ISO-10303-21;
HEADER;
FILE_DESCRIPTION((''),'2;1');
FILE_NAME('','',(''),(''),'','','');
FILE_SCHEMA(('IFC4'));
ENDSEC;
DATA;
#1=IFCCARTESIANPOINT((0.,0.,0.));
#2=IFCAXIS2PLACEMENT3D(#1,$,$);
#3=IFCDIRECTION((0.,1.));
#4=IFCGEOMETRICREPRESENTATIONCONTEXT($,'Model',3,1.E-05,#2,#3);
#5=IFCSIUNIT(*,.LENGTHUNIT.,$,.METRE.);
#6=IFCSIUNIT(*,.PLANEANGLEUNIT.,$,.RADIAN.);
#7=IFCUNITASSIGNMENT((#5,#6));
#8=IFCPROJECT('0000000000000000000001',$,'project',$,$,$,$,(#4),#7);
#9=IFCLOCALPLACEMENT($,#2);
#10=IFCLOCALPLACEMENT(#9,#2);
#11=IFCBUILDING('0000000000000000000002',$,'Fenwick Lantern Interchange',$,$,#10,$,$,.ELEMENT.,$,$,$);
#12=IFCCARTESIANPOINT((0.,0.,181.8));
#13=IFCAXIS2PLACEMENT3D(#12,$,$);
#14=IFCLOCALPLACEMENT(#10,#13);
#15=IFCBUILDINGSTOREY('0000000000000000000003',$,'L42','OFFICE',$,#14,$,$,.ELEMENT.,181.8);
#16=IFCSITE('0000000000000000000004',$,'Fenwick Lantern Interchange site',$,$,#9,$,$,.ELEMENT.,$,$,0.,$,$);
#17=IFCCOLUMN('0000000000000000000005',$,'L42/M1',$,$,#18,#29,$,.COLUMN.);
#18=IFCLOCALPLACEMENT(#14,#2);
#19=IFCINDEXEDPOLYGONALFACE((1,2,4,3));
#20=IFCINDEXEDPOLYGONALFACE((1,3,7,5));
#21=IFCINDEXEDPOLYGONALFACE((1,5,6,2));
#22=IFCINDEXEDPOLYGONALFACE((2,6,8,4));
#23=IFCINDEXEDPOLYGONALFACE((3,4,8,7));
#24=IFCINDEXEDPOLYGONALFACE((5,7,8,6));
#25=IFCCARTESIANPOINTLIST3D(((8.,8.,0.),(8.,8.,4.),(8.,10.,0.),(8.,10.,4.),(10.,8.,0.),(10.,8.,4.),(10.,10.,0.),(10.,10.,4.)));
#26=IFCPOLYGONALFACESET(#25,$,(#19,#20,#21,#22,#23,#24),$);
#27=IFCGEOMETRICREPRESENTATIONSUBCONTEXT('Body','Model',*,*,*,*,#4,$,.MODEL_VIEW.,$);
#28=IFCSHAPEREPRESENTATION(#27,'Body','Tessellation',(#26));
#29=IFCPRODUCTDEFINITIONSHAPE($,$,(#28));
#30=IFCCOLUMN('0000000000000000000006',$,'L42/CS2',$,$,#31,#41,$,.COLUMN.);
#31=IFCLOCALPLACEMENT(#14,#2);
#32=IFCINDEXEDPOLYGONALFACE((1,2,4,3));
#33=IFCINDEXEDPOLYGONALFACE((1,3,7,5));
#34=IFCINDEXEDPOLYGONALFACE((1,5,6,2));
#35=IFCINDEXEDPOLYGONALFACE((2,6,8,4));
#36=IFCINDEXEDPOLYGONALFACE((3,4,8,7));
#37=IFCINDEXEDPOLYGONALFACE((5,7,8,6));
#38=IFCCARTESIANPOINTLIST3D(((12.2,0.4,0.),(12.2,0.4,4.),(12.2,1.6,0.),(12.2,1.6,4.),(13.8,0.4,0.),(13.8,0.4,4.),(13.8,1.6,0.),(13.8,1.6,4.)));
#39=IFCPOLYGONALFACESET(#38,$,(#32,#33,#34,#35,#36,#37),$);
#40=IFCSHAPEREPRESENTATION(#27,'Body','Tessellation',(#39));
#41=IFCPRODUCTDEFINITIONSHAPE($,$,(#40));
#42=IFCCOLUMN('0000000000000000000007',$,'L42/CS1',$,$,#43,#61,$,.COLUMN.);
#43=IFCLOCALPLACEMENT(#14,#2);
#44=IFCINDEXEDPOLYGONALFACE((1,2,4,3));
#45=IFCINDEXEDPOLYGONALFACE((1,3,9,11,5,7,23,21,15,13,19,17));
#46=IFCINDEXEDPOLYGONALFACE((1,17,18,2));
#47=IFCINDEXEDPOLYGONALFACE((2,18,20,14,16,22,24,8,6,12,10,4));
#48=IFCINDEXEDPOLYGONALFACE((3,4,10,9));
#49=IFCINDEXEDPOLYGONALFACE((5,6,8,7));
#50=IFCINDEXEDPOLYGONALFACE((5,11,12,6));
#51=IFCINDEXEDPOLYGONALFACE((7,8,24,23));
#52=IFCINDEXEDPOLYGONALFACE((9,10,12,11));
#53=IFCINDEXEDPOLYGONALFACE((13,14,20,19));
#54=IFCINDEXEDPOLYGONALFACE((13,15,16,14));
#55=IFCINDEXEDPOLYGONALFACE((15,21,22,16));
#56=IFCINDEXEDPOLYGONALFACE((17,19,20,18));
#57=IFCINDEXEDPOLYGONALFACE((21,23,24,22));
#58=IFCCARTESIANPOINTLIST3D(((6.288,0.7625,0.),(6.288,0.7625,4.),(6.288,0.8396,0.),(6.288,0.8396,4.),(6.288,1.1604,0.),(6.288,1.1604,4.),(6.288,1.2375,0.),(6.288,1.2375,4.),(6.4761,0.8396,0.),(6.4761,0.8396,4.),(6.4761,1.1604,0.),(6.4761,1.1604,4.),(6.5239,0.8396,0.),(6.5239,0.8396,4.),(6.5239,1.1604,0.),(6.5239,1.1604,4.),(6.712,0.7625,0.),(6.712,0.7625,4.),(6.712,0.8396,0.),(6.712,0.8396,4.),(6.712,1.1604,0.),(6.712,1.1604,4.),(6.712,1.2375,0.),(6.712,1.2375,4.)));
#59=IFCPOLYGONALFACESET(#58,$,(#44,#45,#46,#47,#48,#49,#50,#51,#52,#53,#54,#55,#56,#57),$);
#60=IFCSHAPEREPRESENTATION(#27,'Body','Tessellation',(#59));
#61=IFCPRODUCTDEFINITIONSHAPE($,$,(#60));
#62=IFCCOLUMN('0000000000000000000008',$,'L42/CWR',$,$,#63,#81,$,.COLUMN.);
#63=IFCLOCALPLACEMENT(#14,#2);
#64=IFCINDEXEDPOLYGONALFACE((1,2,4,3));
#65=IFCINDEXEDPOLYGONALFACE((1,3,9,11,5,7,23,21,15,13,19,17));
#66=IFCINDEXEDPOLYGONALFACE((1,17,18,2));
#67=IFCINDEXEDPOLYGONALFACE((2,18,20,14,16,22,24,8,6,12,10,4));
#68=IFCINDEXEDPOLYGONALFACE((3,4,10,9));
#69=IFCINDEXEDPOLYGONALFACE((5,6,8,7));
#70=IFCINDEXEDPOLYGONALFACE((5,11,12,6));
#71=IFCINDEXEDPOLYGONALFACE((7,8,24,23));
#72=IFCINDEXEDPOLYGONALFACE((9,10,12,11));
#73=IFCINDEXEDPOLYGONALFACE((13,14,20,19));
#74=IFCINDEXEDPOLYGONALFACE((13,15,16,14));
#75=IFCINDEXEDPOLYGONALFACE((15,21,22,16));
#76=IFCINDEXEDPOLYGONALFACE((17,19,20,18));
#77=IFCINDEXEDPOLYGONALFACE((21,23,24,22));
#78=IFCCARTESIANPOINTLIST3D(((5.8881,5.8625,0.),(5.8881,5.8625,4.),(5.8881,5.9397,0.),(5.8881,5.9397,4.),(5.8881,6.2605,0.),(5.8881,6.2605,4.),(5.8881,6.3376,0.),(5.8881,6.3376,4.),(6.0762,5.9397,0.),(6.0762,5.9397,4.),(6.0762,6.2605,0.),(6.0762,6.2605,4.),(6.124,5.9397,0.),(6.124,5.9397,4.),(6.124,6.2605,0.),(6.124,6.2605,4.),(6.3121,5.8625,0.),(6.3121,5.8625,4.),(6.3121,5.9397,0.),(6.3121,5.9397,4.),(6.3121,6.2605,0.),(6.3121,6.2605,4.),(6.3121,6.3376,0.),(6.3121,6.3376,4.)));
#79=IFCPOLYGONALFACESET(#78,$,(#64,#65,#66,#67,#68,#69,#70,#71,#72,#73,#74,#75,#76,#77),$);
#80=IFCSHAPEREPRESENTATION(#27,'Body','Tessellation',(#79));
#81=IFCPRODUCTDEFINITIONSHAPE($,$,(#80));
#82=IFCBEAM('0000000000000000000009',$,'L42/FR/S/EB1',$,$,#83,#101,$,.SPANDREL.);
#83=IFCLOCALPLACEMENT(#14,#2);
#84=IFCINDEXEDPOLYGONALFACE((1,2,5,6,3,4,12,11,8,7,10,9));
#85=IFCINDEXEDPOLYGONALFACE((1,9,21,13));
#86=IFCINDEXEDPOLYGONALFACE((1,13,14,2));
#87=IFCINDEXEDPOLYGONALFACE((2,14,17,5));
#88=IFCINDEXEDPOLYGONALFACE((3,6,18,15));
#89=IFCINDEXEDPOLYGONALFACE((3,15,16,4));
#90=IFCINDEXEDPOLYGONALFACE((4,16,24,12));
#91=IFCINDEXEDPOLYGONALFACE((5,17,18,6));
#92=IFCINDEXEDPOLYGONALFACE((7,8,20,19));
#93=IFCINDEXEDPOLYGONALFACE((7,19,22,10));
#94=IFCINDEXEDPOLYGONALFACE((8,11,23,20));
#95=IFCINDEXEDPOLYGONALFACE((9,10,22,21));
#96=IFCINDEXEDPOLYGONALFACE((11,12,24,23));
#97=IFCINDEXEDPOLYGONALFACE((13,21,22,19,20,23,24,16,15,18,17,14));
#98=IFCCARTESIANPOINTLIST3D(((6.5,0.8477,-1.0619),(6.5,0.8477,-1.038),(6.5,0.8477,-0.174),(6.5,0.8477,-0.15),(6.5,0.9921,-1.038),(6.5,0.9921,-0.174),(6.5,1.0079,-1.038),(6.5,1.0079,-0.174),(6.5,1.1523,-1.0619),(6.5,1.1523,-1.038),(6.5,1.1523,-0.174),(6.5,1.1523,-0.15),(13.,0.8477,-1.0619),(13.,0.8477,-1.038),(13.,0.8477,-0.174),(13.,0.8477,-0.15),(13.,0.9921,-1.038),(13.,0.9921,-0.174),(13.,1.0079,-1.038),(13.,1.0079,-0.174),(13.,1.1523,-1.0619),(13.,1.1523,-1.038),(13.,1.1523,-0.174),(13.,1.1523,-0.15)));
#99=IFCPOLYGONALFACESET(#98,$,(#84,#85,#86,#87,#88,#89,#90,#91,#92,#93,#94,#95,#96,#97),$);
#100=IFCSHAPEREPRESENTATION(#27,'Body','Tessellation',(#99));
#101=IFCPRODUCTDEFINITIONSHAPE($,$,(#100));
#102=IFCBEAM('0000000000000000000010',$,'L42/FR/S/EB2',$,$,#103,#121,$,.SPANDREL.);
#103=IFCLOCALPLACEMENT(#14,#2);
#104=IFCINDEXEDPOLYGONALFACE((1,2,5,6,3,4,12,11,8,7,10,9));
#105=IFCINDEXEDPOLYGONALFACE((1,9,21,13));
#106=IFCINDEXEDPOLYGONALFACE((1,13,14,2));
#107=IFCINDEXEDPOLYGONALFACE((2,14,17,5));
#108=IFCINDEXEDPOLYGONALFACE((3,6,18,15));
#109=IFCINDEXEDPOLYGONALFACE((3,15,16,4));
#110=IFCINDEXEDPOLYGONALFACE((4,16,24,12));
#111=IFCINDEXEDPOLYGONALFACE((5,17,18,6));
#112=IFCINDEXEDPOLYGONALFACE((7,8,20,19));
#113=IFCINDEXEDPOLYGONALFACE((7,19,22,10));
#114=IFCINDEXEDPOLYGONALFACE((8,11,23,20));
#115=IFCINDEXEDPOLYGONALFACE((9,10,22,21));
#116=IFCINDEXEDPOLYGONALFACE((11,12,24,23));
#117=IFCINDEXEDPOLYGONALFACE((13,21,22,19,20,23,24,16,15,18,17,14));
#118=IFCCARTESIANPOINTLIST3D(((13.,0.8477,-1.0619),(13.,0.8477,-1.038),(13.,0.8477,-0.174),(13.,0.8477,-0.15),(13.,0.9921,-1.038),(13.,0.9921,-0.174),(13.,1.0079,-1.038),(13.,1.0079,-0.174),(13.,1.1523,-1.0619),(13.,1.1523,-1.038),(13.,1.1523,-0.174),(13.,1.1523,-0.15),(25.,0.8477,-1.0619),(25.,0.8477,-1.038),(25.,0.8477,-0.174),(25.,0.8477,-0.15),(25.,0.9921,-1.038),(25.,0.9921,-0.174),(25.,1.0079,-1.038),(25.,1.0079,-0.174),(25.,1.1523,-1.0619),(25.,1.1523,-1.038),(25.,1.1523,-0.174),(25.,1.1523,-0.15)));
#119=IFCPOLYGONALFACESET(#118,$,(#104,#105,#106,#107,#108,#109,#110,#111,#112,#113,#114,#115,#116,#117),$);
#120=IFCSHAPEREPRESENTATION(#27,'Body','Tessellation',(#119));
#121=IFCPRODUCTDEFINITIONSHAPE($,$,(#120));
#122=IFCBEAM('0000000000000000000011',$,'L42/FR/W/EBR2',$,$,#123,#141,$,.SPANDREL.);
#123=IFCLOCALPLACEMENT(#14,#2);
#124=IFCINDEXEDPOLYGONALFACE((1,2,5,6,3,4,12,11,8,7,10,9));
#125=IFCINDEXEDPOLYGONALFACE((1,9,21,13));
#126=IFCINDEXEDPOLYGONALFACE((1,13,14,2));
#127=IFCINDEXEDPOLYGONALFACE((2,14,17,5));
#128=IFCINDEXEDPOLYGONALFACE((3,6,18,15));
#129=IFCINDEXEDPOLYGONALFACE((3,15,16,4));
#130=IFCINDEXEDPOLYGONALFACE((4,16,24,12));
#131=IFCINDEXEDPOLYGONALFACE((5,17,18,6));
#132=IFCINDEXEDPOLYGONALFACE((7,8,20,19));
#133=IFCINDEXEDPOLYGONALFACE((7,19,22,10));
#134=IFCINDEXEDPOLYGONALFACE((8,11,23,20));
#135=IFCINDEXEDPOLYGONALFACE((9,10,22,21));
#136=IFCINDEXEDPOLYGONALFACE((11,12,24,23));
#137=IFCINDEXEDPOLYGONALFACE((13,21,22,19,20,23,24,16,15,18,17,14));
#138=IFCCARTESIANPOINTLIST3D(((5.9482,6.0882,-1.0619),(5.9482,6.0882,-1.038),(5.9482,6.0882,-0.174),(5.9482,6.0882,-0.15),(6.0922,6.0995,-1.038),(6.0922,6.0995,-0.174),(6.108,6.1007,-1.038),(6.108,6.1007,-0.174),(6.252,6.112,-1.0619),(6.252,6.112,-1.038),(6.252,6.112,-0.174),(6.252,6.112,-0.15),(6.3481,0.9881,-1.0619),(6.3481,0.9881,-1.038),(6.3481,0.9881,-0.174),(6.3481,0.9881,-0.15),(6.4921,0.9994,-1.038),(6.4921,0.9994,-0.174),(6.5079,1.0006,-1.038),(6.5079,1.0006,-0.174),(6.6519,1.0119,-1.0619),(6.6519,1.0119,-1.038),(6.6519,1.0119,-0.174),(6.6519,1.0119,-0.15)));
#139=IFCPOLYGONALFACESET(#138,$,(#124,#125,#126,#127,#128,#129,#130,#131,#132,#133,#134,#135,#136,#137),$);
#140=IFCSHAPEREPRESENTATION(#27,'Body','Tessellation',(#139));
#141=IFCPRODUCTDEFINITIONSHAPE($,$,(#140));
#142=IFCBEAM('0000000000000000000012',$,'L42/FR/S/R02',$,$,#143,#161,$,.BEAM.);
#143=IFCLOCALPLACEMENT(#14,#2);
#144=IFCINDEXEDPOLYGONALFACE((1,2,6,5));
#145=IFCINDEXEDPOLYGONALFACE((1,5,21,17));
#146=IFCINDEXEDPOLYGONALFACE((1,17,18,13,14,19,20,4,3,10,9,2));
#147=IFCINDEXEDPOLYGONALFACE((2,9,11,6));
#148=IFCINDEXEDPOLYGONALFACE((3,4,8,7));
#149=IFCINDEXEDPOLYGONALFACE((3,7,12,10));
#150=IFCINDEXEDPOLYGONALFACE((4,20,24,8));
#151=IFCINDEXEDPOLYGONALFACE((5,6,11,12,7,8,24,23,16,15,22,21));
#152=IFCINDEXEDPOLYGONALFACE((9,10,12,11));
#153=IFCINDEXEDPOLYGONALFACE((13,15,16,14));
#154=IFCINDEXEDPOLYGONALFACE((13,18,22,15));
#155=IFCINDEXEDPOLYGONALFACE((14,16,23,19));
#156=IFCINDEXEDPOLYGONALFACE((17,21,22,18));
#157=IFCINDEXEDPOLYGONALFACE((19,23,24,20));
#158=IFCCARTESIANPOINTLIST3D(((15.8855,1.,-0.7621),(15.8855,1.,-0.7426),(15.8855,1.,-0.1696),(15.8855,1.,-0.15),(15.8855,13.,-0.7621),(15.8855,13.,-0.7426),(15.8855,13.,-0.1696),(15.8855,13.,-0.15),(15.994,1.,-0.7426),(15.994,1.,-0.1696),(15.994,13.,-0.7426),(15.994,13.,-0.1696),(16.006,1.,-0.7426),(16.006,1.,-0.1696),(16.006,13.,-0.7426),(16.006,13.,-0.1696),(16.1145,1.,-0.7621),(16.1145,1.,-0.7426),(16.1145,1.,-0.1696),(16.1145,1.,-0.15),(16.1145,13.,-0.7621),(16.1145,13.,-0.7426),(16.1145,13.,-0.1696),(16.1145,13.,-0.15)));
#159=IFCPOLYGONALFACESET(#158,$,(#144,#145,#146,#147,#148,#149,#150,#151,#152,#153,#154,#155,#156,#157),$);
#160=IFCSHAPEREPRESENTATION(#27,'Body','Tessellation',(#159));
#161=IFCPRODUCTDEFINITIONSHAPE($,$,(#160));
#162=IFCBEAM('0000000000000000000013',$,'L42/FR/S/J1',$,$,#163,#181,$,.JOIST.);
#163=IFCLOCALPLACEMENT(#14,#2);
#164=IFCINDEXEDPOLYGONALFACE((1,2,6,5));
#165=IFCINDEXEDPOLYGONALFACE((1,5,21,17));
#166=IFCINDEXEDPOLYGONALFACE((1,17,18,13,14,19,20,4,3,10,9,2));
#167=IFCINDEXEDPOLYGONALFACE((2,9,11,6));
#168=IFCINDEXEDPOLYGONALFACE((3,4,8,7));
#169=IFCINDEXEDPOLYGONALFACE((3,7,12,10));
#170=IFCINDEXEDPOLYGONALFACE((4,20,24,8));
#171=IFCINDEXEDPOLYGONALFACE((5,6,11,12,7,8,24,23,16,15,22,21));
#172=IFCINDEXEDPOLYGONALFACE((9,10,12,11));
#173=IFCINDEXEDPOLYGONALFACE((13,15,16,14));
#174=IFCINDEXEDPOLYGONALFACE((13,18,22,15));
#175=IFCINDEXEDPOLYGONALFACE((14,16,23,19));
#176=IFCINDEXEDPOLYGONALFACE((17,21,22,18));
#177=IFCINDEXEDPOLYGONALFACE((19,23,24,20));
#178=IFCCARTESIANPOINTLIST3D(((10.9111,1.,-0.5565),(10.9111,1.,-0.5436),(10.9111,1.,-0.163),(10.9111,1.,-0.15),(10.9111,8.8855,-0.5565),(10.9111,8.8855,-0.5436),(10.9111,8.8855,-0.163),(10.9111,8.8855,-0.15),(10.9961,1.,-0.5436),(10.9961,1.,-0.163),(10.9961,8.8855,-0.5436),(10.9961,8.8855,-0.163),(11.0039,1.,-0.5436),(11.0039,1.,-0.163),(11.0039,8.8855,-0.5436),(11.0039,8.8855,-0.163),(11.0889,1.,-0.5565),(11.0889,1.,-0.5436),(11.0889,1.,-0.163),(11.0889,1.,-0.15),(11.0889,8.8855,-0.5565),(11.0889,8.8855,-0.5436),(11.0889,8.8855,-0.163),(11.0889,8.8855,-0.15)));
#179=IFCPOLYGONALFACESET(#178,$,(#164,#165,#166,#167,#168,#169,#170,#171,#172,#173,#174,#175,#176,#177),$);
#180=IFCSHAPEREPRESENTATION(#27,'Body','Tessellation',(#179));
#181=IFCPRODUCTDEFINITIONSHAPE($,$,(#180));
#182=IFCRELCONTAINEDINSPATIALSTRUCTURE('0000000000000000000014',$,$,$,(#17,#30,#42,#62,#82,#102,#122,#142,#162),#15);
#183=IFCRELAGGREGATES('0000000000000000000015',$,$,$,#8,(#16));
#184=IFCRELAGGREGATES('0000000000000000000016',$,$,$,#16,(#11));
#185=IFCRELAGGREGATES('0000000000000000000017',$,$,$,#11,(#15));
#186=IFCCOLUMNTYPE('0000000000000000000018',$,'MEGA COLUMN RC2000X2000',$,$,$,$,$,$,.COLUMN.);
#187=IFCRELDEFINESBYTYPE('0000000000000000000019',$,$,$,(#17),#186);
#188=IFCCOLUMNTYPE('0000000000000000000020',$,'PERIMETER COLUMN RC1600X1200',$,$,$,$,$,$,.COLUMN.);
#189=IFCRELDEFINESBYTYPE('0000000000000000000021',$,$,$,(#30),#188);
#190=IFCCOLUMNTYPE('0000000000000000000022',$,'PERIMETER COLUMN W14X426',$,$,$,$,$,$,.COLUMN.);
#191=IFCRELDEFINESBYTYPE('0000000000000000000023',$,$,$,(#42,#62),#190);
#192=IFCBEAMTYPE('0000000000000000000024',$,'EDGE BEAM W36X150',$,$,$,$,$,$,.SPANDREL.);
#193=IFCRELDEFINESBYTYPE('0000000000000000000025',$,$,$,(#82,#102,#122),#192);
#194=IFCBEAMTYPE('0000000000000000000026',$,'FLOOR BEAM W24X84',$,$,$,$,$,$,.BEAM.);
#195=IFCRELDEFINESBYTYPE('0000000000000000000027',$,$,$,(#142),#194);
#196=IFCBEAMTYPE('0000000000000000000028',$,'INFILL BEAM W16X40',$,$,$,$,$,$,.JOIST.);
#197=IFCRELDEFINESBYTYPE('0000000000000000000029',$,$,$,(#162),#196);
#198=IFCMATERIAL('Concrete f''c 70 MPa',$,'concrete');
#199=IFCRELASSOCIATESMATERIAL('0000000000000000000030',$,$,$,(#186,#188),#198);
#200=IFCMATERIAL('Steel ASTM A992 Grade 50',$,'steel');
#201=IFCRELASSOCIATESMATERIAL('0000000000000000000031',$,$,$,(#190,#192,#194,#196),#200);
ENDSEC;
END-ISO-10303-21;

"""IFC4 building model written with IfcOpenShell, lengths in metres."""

from ifc_helpers import new_model, si_unit, direction, frame, origin, origin_2d, place, context, subcontext, project, spatial, rectangle, i_section, extrude, material, material_profile, profile_set, type_object, element, save


model = new_model("IFC4")

# Units and contexts
model_context = context("Model", 3, precision=1e-05, world=origin(), true_north=direction((0.0, 1.0)))
body_context = subcontext(model_context, "Body", "Model", "MODEL_VIEW")
ifc_project = project(units=[si_unit("LENGTHUNIT", "METRE"), si_unit("PLANEANGLEUNIT", "RADIAN")], contexts=[model_context])

# Site, building, storey
site_placement = place(None, origin())
site = spatial("IfcSite", under=ifc_project, at=site_placement, Name="Fenwick Lantern Interchange site", CompositionType="ELEMENT", RefElevation=0.0)
building_placement = place(site_placement, origin())
building = spatial("IfcBuilding", under=site, at=building_placement, Name="Fenwick Lantern Interchange", CompositionType="ELEMENT")
storey_placement = place(building_placement, frame((0.0, 0.0, 181.8)))
storey = spatial("IfcBuildingStorey", under=building, at=storey_placement, Name="L42", Description="OFFICE", CompositionType="ELEMENT", Elevation=181.8)

# Columns
ifc_material_1 = material(Name="Concrete f'c 70 MPa", Category="concrete")
ifc_material_profile_1 = material_profile(ifc_material_1, rectangle(XDim=2.0, YDim=2.0, at=origin_2d()), Name="RC2000X2000")
ifc_profile_set_1 = profile_set([ifc_material_profile_1], Name="Concrete f'c 70 MPa")
column_type_1 = type_object("IfcColumnType", Name="MEGA COLUMN RC2000X2000", PredefinedType="COLUMN", material=ifc_profile_set_1)
column_1_placement = place(storey_placement, frame((9.0, 9.0, 0.0), z_axis=(0.0, 0.0, 1.0), x_axis=(1.0, 0.0, 0.0)))
element("IfcColumn", 1, at=column_1_placement, inside=storey, type_object=column_type_1, Name="L42/M1", PredefinedType="COLUMN", context=body_context, shape_type="SweptSolid", body=[
    extrude(rectangle(XDim=2.0, YDim=2.0, at=origin_2d()), origin(), (0.0, 0.0, 1.0), 4.0),
])
ifc_material_profile_2 = material_profile(ifc_material_1, rectangle(XDim=1.6001, YDim=1.2, at=origin_2d()), Name="RC1600X1200")
ifc_profile_set_2 = profile_set([ifc_material_profile_2], Name="Concrete f'c 70 MPa")
column_type_2 = type_object("IfcColumnType", Name="PERIMETER COLUMN RC1600X1200", PredefinedType="COLUMN", material=ifc_profile_set_2)
column_2_placement = place(storey_placement, frame((13.0, 1.0, 0.0), z_axis=(0.0, 0.0, 1.0), x_axis=(1.0, 0.0, 0.0)))
element("IfcColumn", 2, at=column_2_placement, inside=storey, type_object=column_type_2, Name="L42/CS2", PredefinedType="COLUMN", context=body_context, shape_type="SweptSolid", body=[
    extrude(rectangle(XDim=1.6001, YDim=1.2, at=origin_2d()), origin(), (0.0, 0.0, 1.0), 4.0),
])
ifc_material_2 = material(Name="Steel ASTM A992 Grade 50", Category="steel")
ifc_material_profile_3 = material_profile(ifc_material_2, i_section(OverallWidth=0.4241, OverallDepth=0.4751, WebThickness=0.0479, FlangeThickness=0.0771, at=origin_2d()), Name="W14X426")
ifc_profile_set_3 = profile_set([ifc_material_profile_3], Name="Steel ASTM A992 Grade 50")
column_type_3 = type_object("IfcColumnType", Name="PERIMETER COLUMN W14X426", PredefinedType="COLUMN", material=ifc_profile_set_3)
for number, where, z_axis, x_axis, name in (
    (3, (6.5, 1.0, 0.0), (0.0, 0.0, 1.0), (1.0, 0.0, 0.0), "L42/CS1"),
    (4, (6.1001, 6.1001, 0.0), (0.0, 0.0, 1.0), (1.0, 0.0, 0.0), "L42/CWR"),
):
    element("IfcColumn", number, at=place(storey_placement, frame(where, z_axis=z_axis, x_axis=x_axis)), inside=storey, type_object=column_type_3, Name=name, PredefinedType="COLUMN", context=body_context, shape_type="SweptSolid", body=[
        extrude(i_section(OverallWidth=0.4241, OverallDepth=0.4751, WebThickness=0.0479, FlangeThickness=0.0771, at=origin_2d()), origin(), (0.0, 0.0, 1.0), 4.0),
    ])

# Beams
ifc_material_profile_4 = material_profile(ifc_material_2, i_section(OverallWidth=0.3047, OverallDepth=0.9119, WebThickness=0.0159, FlangeThickness=0.0239, at=origin_2d()), Name="W36X150")
ifc_profile_set_4 = profile_set([ifc_material_profile_4], Name="Steel ASTM A992 Grade 50")
beam_type_1 = type_object("IfcBeamType", Name="EDGE BEAM W36X150", PredefinedType="SPANDREL", material=ifc_profile_set_4)
beam_1_placement = place(storey_placement, frame((6.5, 1.0, -0.606), z_axis=(1.0, 0.0, 0.0), x_axis=(0.0, 1.0, 0.0)))
element("IfcBeam", 5, at=beam_1_placement, inside=storey, type_object=beam_type_1, Name="L42/FR/S/EB1", PredefinedType="SPANDREL", context=body_context, shape_type="SweptSolid", body=[
    extrude(i_section(OverallWidth=0.3047, OverallDepth=0.9119, WebThickness=0.0159, FlangeThickness=0.0239, at=origin_2d()), origin(), (0.0, 0.0, 1.0), 6.5),
])
beam_2_placement = place(storey_placement, frame((13.0, 1.0, -0.606), z_axis=(1.0, 0.0, 0.0), x_axis=(0.0, 1.0, 0.0)))
element("IfcBeam", 6, at=beam_2_placement, inside=storey, type_object=beam_type_1, Name="L42/FR/S/EB2", PredefinedType="SPANDREL", context=body_context, shape_type="SweptSolid", body=[
    extrude(i_section(OverallWidth=0.3047, OverallDepth=0.9119, WebThickness=0.0159, FlangeThickness=0.0239, at=origin_2d()), origin(), (0.0, 0.0, 1.0), 12.0),
])
beam_3_placement = place(storey_placement, frame((6.1001, 6.1001, -0.606), z_axis=(0.078171, -0.99694, 0.0), x_axis=(0.99694, 0.078171, 0.0)))
element("IfcBeam", 7, at=beam_3_placement, inside=storey, type_object=beam_type_1, Name="L42/FR/W/EBR2", PredefinedType="SPANDREL", context=body_context, shape_type="SweptSolid", body=[
    extrude(i_section(OverallWidth=0.3047, OverallDepth=0.9119, WebThickness=0.0159, FlangeThickness=0.0239, at=origin_2d()), origin(), (0.0, 0.0, 1.0), 5.1157),
])
ifc_material_profile_5 = material_profile(ifc_material_2, i_section(OverallWidth=0.229, OverallDepth=0.6121, WebThickness=0.012, FlangeThickness=0.0195, at=origin_2d()), Name="W24X84")
ifc_profile_set_5 = profile_set([ifc_material_profile_5], Name="Steel ASTM A992 Grade 50")
beam_type_2 = type_object("IfcBeamType", Name="FLOOR BEAM W24X84", PredefinedType="BEAM", material=ifc_profile_set_5)
beam_4_placement = place(storey_placement, frame((16.0, 1.0, -0.4561), z_axis=(0.0, 1.0, 0.0), x_axis=(-1.0, 0.0, 0.0)))
element("IfcBeam", 8, at=beam_4_placement, inside=storey, type_object=beam_type_2, Name="L42/FR/S/R02", PredefinedType="BEAM", context=body_context, shape_type="SweptSolid", body=[
    extrude(i_section(OverallWidth=0.229, OverallDepth=0.6121, WebThickness=0.012, FlangeThickness=0.0195, at=origin_2d()), origin(), (0.0, 0.0, 1.0), 12.0),
])
ifc_material_profile_6 = material_profile(ifc_material_2, i_section(OverallWidth=0.1777, OverallDepth=0.4065, WebThickness=0.0078, FlangeThickness=0.0129, at=origin_2d()), Name="W16X40")
ifc_profile_set_6 = profile_set([ifc_material_profile_6], Name="Steel ASTM A992 Grade 50")
beam_type_3 = type_object("IfcBeamType", Name="INFILL BEAM W16X40", PredefinedType="JOIST", material=ifc_profile_set_6)
beam_5_placement = place(storey_placement, frame((11.0, 1.0, -0.3533), z_axis=(0.0, 1.0, 0.0), x_axis=(-1.0, 0.0, 0.0)))
element("IfcBeam", 9, at=beam_5_placement, inside=storey, type_object=beam_type_3, Name="L42/FR/S/J1", PredefinedType="JOIST", context=body_context, shape_type="SweptSolid", body=[
    extrude(i_section(OverallWidth=0.1777, OverallDepth=0.4065, WebThickness=0.0078, FlangeThickness=0.0129, at=origin_2d()), origin(), (0.0, 0.0, 1.0), 7.8855),
])

save(model, "model.ifc")
